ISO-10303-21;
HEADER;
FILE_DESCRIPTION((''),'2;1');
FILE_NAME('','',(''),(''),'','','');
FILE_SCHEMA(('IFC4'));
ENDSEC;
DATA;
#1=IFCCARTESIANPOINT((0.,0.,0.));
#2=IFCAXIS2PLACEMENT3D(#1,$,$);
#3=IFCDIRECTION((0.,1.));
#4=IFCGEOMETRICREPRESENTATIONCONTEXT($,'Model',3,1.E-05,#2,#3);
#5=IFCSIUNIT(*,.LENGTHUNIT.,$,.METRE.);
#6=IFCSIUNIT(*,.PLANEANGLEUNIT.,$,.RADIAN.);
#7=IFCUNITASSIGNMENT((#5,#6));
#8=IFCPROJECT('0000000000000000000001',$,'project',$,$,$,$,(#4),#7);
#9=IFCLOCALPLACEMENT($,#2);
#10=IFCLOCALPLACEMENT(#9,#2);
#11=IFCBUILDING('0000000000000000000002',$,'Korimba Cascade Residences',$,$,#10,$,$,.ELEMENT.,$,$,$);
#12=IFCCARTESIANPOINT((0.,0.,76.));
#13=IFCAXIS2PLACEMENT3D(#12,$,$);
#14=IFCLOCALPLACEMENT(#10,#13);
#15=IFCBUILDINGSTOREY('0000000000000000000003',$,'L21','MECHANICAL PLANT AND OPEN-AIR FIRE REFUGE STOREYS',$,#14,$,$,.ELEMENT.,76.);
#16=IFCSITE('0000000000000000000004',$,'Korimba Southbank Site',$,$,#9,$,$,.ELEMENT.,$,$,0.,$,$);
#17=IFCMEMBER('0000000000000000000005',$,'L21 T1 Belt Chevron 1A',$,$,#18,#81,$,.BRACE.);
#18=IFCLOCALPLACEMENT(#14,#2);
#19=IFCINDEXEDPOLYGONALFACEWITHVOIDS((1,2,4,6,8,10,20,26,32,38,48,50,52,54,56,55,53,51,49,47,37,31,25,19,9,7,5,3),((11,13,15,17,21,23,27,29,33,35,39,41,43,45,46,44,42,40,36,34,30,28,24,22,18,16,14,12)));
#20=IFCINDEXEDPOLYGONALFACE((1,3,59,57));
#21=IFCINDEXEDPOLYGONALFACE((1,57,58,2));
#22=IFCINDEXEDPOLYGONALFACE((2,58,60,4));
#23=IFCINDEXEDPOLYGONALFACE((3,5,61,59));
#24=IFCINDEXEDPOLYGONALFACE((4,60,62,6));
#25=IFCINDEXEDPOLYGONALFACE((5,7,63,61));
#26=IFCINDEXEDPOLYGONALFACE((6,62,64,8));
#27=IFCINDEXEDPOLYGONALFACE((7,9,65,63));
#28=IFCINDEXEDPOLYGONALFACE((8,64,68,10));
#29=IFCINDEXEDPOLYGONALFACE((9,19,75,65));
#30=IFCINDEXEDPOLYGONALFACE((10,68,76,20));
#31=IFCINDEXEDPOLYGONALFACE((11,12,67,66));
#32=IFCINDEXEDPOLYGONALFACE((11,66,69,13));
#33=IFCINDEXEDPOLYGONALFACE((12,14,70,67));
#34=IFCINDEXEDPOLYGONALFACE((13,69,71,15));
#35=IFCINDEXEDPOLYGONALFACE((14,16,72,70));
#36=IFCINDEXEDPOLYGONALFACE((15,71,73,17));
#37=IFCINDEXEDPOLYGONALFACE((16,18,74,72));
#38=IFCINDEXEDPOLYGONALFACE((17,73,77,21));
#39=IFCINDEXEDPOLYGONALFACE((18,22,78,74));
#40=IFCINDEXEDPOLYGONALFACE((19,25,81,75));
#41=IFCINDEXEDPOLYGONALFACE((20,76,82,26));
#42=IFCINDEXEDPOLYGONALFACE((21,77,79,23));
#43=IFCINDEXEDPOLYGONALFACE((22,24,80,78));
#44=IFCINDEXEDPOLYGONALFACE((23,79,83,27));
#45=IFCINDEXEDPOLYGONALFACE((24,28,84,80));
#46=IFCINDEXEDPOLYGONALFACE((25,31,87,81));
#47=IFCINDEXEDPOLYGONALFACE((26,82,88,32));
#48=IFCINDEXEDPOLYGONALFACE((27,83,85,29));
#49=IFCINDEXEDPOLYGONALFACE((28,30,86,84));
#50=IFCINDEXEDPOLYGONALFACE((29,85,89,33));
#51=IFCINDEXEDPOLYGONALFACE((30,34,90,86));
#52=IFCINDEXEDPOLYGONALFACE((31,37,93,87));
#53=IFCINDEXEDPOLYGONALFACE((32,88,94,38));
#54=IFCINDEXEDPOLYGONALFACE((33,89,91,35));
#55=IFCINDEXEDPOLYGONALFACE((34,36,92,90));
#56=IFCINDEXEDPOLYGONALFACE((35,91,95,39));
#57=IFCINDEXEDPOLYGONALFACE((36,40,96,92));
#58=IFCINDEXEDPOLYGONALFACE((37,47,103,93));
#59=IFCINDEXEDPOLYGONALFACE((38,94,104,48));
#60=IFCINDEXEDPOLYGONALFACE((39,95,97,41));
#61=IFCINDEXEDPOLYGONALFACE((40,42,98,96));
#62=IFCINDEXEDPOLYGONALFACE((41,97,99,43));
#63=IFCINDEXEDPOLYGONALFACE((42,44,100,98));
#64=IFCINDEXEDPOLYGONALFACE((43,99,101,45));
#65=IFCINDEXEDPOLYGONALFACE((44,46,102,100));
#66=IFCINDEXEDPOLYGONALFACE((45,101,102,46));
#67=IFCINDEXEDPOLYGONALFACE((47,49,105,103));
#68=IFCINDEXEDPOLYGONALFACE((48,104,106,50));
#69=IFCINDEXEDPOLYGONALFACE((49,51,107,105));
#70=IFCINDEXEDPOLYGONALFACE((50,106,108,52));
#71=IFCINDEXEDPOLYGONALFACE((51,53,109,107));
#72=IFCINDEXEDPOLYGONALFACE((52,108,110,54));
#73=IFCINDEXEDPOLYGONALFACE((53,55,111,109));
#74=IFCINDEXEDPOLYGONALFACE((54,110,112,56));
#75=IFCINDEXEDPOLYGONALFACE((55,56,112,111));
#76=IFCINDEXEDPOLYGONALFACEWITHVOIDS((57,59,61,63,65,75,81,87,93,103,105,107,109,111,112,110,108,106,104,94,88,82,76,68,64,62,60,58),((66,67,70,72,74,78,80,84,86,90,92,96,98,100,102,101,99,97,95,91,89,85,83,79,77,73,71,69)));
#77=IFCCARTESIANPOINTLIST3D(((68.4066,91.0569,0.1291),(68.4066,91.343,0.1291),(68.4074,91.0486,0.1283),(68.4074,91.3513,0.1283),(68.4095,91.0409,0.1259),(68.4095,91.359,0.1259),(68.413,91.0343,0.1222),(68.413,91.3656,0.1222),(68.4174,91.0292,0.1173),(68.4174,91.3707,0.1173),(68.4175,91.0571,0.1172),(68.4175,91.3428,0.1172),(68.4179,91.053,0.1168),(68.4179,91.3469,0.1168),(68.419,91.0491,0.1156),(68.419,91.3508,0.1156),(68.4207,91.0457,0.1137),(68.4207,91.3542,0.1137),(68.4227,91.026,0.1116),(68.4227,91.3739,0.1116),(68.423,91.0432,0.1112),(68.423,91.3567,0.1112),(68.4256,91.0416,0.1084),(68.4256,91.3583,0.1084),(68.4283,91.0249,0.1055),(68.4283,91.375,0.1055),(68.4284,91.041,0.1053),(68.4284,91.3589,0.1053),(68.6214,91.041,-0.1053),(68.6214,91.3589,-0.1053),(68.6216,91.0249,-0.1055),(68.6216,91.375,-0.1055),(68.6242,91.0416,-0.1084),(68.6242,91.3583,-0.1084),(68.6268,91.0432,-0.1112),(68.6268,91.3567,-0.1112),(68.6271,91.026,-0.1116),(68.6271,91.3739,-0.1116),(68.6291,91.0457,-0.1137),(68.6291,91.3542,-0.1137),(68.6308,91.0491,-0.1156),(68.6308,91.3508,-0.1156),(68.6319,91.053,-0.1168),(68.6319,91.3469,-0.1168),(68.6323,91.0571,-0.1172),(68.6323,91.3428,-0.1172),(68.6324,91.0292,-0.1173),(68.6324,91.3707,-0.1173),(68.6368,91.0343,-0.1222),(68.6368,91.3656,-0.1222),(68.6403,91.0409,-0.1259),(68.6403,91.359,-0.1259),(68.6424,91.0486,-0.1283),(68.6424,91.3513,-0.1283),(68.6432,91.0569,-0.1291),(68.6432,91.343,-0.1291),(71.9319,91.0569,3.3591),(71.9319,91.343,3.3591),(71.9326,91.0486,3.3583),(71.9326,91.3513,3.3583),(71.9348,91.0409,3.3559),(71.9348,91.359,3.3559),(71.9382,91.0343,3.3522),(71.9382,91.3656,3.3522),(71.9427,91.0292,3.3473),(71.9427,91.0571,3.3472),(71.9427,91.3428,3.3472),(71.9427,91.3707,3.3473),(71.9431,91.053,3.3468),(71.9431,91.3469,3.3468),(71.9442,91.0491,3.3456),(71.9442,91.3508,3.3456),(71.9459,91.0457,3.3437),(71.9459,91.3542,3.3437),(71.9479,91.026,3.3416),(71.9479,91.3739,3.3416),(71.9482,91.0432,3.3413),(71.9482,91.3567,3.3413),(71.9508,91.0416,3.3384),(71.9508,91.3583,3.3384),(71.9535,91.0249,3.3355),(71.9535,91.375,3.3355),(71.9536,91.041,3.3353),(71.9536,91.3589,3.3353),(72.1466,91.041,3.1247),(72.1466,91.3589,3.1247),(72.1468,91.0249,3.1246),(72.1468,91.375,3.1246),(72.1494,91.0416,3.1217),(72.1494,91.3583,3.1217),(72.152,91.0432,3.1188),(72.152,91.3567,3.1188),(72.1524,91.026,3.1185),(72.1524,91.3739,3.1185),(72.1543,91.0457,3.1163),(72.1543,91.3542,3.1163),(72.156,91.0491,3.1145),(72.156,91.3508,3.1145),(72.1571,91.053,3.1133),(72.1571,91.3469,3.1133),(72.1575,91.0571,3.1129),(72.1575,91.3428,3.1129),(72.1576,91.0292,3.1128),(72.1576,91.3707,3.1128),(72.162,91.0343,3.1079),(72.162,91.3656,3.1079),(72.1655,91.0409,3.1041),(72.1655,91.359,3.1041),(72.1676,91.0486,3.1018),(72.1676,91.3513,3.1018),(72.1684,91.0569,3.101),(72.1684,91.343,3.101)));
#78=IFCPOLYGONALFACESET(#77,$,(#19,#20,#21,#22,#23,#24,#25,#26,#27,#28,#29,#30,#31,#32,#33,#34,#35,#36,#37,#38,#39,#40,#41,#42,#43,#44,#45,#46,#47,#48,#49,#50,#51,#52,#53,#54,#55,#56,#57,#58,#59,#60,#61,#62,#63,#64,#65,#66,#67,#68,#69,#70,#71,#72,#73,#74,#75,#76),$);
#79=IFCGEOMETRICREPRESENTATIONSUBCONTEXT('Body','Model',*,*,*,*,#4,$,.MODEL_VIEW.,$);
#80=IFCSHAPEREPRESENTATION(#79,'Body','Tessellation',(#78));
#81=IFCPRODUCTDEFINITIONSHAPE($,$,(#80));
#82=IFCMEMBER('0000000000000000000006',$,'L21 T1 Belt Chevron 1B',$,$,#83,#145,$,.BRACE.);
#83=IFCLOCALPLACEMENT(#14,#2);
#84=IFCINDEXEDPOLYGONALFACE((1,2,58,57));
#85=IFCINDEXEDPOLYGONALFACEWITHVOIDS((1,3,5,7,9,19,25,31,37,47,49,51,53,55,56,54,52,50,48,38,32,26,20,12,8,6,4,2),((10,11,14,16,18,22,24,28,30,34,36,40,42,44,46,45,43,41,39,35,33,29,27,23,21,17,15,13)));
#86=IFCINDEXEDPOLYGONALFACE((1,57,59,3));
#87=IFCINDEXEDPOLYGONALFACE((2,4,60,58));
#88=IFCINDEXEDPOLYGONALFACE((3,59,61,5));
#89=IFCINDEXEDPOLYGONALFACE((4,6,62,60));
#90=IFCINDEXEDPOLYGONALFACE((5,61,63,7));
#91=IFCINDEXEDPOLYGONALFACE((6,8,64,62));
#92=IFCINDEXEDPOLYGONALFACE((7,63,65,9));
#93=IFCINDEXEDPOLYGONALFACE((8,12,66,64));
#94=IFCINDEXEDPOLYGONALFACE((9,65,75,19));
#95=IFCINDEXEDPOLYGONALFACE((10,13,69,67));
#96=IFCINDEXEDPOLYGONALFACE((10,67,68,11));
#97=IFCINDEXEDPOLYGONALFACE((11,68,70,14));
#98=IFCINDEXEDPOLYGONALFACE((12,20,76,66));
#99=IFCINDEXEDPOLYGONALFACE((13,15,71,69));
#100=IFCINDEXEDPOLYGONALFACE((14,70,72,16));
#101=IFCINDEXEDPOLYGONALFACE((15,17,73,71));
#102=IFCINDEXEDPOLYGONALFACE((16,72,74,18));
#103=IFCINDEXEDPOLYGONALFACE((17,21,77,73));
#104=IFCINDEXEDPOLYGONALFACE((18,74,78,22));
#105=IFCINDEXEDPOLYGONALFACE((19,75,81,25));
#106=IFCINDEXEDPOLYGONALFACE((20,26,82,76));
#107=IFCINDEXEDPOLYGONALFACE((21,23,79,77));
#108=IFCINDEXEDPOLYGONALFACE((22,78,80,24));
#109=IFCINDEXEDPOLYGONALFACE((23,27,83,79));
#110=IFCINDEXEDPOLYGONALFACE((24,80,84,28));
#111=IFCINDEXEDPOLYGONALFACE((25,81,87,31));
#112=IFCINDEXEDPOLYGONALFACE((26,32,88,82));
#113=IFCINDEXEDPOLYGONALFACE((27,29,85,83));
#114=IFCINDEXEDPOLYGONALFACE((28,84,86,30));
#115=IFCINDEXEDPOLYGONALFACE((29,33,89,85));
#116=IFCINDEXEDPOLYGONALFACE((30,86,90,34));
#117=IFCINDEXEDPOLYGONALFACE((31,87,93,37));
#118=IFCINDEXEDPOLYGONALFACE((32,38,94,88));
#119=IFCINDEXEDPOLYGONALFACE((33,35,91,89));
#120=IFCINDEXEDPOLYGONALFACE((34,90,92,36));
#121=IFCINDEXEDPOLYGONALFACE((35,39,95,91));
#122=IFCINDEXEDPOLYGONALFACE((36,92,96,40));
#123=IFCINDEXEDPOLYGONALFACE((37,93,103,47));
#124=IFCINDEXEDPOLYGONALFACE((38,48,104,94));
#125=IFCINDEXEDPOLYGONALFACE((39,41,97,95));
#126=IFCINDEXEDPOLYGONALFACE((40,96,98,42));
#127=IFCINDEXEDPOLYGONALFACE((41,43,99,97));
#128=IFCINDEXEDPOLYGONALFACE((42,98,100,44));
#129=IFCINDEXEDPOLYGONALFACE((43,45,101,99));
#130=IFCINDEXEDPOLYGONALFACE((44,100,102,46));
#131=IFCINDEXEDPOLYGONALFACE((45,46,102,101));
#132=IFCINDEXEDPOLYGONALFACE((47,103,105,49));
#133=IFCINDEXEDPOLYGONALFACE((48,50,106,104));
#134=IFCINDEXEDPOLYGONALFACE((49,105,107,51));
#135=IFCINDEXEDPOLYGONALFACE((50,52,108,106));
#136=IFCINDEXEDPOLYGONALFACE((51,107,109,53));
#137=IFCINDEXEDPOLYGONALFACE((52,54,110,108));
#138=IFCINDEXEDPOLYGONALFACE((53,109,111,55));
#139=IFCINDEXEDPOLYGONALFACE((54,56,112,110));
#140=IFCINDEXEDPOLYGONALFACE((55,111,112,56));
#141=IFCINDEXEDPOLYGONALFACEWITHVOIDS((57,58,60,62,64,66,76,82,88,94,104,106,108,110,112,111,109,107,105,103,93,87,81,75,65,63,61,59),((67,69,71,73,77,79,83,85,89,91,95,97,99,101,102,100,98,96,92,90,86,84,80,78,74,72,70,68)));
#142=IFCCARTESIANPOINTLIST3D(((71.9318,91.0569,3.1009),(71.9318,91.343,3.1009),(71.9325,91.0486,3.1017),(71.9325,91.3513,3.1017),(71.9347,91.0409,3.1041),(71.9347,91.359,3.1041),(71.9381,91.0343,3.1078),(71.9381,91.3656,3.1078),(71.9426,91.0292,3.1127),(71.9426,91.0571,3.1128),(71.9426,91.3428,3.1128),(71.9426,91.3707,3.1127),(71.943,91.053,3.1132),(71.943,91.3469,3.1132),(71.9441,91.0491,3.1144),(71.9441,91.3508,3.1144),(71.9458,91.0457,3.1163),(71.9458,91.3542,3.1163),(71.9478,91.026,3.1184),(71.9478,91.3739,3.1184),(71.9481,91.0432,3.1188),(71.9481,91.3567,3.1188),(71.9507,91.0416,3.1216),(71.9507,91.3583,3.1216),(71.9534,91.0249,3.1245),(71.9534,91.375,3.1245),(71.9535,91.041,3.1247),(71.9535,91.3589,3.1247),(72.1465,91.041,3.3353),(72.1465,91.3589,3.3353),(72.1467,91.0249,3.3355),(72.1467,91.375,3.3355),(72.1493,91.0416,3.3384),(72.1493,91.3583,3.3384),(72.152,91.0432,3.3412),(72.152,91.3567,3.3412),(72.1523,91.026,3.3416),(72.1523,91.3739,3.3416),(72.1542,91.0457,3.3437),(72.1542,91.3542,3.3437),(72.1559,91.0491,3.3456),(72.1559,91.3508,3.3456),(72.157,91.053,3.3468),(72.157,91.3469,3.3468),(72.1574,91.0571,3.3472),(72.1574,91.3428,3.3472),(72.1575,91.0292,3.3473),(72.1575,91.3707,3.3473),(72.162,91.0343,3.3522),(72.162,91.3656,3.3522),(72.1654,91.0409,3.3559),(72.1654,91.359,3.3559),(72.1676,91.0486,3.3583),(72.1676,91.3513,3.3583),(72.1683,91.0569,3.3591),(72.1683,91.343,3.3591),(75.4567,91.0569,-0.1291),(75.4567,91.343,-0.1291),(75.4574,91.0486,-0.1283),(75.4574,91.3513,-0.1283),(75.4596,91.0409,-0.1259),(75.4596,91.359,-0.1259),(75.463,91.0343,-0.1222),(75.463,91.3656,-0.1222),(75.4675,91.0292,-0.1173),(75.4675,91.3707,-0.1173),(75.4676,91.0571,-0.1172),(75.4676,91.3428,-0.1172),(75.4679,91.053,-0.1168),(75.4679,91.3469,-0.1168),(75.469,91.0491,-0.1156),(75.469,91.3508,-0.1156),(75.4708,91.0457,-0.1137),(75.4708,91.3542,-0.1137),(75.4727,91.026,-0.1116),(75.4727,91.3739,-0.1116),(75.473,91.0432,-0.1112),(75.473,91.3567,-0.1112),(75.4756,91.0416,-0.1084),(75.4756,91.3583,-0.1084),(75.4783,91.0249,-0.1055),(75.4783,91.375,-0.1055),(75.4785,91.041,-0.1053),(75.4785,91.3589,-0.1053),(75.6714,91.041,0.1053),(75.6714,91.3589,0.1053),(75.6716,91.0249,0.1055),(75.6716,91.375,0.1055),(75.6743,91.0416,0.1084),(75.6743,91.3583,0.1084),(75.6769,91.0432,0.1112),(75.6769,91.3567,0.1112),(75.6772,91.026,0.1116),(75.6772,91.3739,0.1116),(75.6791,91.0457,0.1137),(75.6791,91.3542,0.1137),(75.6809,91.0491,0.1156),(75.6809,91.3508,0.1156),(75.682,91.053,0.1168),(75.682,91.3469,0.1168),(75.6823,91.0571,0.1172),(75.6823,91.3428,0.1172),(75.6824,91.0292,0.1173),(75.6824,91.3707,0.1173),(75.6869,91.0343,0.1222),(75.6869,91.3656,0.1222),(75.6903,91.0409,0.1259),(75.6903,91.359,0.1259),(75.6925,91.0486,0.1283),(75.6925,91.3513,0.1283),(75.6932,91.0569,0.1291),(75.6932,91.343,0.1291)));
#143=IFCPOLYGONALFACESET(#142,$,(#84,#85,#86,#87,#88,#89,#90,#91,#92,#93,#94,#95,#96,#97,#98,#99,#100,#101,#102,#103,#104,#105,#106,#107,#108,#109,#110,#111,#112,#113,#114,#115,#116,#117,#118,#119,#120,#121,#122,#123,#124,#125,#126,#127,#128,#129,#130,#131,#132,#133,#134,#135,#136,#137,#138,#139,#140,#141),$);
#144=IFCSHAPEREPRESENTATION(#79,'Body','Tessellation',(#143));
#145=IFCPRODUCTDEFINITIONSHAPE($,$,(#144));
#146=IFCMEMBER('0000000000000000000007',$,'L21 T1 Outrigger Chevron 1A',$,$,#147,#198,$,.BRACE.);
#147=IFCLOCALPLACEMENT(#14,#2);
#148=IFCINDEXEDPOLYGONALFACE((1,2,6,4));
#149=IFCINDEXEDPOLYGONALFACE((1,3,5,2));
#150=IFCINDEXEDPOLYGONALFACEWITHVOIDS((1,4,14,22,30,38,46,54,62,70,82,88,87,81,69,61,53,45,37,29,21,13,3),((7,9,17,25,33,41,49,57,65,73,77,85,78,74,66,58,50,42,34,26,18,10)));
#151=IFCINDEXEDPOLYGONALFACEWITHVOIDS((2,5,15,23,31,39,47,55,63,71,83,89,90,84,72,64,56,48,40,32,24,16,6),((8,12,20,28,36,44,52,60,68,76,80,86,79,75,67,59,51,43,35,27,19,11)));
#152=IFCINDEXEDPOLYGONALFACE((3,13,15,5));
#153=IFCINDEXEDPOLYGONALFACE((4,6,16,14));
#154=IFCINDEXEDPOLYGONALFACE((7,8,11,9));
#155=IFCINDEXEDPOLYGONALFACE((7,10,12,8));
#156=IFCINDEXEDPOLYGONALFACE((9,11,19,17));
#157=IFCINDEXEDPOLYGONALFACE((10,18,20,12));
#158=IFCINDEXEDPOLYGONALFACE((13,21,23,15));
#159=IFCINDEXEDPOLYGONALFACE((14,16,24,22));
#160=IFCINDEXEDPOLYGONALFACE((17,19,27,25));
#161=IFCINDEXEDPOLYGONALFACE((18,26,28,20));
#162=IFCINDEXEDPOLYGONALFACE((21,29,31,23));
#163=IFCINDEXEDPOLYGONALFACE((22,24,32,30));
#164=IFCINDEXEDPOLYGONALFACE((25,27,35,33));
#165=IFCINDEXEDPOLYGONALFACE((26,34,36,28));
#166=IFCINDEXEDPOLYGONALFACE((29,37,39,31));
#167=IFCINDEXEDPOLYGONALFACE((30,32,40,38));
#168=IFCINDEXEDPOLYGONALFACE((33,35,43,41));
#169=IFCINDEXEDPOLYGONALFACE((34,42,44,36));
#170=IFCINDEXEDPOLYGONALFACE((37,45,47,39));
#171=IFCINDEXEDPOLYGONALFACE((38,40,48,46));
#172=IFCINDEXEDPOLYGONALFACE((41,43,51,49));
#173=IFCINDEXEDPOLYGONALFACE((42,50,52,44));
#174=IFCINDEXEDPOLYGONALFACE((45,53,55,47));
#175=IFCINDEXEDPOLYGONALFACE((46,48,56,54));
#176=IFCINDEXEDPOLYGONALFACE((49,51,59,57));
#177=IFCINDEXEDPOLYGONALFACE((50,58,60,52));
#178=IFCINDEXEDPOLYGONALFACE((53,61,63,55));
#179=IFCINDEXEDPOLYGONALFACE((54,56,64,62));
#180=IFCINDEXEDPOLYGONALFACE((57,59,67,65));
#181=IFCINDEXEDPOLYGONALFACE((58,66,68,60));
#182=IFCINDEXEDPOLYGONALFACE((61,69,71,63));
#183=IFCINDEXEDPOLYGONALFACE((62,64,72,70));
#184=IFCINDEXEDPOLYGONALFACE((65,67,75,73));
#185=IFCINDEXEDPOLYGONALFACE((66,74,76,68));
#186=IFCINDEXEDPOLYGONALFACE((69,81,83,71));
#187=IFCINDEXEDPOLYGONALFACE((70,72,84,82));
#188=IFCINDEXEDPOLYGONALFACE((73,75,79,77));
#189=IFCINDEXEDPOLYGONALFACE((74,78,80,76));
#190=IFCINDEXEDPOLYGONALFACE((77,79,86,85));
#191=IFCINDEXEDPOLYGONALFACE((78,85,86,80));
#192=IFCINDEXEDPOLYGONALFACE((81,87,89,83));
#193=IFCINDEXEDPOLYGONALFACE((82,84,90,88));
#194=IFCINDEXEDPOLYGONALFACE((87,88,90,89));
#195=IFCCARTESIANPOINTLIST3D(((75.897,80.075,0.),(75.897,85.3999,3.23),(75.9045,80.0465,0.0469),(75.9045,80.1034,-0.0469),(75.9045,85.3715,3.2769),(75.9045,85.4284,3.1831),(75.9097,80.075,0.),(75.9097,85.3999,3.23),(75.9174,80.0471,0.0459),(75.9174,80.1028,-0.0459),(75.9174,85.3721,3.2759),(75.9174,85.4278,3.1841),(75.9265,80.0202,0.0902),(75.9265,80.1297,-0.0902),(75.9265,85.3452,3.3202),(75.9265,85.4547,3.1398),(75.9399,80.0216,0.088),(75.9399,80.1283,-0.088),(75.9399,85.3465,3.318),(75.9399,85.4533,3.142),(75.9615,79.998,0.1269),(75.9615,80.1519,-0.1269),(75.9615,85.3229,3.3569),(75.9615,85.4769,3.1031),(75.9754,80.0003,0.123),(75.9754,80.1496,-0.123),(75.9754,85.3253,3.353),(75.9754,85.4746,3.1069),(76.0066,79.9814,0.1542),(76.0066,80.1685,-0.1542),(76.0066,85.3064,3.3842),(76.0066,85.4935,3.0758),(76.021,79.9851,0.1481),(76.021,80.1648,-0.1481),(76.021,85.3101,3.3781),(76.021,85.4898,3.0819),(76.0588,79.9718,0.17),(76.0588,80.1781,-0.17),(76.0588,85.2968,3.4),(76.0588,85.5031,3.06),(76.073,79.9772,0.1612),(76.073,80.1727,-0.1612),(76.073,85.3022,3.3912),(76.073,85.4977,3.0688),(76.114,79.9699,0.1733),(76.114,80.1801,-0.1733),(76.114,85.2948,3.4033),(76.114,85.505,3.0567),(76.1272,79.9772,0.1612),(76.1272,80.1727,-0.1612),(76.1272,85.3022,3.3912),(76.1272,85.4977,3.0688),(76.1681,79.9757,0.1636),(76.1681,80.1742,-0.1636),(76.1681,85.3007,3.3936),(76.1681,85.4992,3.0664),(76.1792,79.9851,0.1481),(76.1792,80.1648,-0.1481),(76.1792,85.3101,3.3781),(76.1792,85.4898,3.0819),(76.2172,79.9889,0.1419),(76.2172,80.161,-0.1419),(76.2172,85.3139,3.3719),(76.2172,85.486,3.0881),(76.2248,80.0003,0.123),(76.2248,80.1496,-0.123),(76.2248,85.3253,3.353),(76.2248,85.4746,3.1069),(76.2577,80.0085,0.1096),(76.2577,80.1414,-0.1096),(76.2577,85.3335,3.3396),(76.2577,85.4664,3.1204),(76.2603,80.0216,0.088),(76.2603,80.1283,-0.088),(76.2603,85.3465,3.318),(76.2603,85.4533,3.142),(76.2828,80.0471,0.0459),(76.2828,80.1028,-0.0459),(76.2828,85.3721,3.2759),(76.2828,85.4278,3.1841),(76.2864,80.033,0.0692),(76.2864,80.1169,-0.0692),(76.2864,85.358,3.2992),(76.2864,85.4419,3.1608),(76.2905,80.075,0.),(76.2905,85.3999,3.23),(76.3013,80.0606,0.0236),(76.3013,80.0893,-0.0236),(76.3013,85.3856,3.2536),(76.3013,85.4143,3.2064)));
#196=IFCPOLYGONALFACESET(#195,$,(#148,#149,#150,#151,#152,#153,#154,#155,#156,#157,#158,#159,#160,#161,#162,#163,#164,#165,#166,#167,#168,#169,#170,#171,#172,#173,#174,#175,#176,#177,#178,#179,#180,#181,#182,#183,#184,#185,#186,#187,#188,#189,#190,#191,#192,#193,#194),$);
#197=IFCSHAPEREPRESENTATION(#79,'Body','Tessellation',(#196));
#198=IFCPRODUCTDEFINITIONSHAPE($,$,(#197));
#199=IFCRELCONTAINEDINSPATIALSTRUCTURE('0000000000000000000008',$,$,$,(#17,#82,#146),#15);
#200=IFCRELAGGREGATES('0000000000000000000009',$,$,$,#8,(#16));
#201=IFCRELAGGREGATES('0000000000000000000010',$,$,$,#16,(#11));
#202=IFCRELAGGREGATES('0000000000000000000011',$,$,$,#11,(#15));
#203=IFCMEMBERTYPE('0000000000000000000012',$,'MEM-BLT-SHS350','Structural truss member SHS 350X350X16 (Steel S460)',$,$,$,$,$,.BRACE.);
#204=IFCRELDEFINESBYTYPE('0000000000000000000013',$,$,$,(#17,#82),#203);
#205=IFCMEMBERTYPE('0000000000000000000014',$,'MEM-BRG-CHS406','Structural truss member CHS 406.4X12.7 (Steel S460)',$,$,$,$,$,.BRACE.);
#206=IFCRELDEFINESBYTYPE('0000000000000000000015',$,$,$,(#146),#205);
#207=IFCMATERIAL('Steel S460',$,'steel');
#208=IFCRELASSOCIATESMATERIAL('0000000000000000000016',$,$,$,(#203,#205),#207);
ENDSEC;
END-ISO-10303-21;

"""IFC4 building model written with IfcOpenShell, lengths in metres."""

from ifc_helpers import new_model, si_unit, direction, frame, origin, origin_2d, place, context, subcontext, project, spatial, hollow_rectangle, hollow_circle, extrude, material, material_profile, profile_set, type_object, element, save


model = new_model("IFC4")

# Units and contexts
model_context = context("Model", 3, precision=1e-05, world=origin(), true_north=direction((0.0, 1.0)))
body_context = subcontext(model_context, "Body", "Model", "MODEL_VIEW")
ifc_project = project(units=[si_unit("LENGTHUNIT", "METRE"), si_unit("PLANEANGLEUNIT", "RADIAN")], contexts=[model_context])

# Site, building, storey
site_placement = place(None, origin())
site = spatial("IfcSite", under=ifc_project, at=site_placement, Name="Korimba Southbank Site", CompositionType="ELEMENT", RefElevation=0.0)
building_placement = place(site_placement, origin())
building = spatial("IfcBuilding", under=site, at=building_placement, Name="Korimba Cascade Residences", CompositionType="ELEMENT")
storey_placement = place(building_placement, frame((0.0, 0.0, 76.0)))
storey = spatial("IfcBuildingStorey", under=building, at=storey_placement, Name="L21", Description="MECHANICAL PLANT AND OPEN-AIR FIRE REFUGE STOREYS", CompositionType="ELEMENT", Elevation=76.0)

# Members
ifc_material_1 = material(Name="Steel S460", Category="steel")
ifc_material_profile_1 = material_profile(ifc_material_1, hollow_rectangle(XDim=0.3501, YDim=0.3501, WallThickness=0.0161, InnerFilletRadius=0.0161, OuterFilletRadius=0.032, at=origin_2d()), Name="Steel S460")
ifc_profile_set_1 = profile_set([ifc_material_profile_1], Name="Steel S460")
member_type_1 = type_object("IfcMemberType", Name="MEM-BLT-SHS350", Description="Structural truss member SHS 350X350X16 (Steel S460)", PredefinedType="BRACE", material=ifc_profile_set_1)
member_1_placement = place(storey_placement, frame((68.5249, 91.2, 0.0), z_axis=(0.7373, 0.0, 0.675565), x_axis=(0.0, 1.0, 0.0)))
element("IfcMember", 1, at=member_1_placement, inside=storey, type_object=member_type_1, Name="L21 T1 Belt Chevron 1A", PredefinedType="BRACE", context=body_context, shape_type="SweptSolid", body=[
    extrude(hollow_rectangle(XDim=0.3501, YDim=0.3501, WallThickness=0.0161, InnerFilletRadius=0.0161, OuterFilletRadius=0.032, at=origin_2d()), origin(), (0.0, 0.0, 1.0), 4.7812),
])
member_2_placement = place(storey_placement, frame((75.575, 91.2, 0.0), z_axis=(-0.737277, 0.0, 0.67559), x_axis=(0.0, -1.0, 0.0)))
element("IfcMember", 2, at=member_2_placement, inside=storey, type_object=member_type_1, Name="L21 T1 Belt Chevron 1B", PredefinedType="BRACE", context=body_context, shape_type="SweptSolid", body=[
    extrude(hollow_rectangle(XDim=0.3501, YDim=0.3501, WallThickness=0.0161, InnerFilletRadius=0.0161, OuterFilletRadius=0.032, at=origin_2d()), origin(), (0.0, 0.0, 1.0), 4.781),
])
ifc_material_profile_2 = material_profile(ifc_material_1, hollow_circle(Radius=0.2031, WallThickness=0.0127, at=origin_2d()), Name="Steel S460")
ifc_profile_set_2 = profile_set([ifc_material_profile_2], Name="Steel S460")
member_type_2 = type_object("IfcMemberType", Name="MEM-BRG-CHS406", Description="Structural truss member CHS 406.4X12.7 (Steel S460)", PredefinedType="BRACE", material=ifc_profile_set_2)
member_3_placement = place(storey_placement, frame((76.1001, 80.075, 0.0), z_axis=(0.0, 0.855003, 0.518623), x_axis=(-1.0, 0.0, 0.0)))
element("IfcMember", 3, at=member_3_placement, inside=storey, type_object=member_type_2, Name="L21 T1 Outrigger Chevron 1A", PredefinedType="BRACE", context=body_context, shape_type="SweptSolid", body=[
    extrude(hollow_circle(Radius=0.2031, WallThickness=0.0127, at=origin_2d()), origin(), (0.0, 0.0, 1.0), 6.228),
])

save(model, "model.ifc")
